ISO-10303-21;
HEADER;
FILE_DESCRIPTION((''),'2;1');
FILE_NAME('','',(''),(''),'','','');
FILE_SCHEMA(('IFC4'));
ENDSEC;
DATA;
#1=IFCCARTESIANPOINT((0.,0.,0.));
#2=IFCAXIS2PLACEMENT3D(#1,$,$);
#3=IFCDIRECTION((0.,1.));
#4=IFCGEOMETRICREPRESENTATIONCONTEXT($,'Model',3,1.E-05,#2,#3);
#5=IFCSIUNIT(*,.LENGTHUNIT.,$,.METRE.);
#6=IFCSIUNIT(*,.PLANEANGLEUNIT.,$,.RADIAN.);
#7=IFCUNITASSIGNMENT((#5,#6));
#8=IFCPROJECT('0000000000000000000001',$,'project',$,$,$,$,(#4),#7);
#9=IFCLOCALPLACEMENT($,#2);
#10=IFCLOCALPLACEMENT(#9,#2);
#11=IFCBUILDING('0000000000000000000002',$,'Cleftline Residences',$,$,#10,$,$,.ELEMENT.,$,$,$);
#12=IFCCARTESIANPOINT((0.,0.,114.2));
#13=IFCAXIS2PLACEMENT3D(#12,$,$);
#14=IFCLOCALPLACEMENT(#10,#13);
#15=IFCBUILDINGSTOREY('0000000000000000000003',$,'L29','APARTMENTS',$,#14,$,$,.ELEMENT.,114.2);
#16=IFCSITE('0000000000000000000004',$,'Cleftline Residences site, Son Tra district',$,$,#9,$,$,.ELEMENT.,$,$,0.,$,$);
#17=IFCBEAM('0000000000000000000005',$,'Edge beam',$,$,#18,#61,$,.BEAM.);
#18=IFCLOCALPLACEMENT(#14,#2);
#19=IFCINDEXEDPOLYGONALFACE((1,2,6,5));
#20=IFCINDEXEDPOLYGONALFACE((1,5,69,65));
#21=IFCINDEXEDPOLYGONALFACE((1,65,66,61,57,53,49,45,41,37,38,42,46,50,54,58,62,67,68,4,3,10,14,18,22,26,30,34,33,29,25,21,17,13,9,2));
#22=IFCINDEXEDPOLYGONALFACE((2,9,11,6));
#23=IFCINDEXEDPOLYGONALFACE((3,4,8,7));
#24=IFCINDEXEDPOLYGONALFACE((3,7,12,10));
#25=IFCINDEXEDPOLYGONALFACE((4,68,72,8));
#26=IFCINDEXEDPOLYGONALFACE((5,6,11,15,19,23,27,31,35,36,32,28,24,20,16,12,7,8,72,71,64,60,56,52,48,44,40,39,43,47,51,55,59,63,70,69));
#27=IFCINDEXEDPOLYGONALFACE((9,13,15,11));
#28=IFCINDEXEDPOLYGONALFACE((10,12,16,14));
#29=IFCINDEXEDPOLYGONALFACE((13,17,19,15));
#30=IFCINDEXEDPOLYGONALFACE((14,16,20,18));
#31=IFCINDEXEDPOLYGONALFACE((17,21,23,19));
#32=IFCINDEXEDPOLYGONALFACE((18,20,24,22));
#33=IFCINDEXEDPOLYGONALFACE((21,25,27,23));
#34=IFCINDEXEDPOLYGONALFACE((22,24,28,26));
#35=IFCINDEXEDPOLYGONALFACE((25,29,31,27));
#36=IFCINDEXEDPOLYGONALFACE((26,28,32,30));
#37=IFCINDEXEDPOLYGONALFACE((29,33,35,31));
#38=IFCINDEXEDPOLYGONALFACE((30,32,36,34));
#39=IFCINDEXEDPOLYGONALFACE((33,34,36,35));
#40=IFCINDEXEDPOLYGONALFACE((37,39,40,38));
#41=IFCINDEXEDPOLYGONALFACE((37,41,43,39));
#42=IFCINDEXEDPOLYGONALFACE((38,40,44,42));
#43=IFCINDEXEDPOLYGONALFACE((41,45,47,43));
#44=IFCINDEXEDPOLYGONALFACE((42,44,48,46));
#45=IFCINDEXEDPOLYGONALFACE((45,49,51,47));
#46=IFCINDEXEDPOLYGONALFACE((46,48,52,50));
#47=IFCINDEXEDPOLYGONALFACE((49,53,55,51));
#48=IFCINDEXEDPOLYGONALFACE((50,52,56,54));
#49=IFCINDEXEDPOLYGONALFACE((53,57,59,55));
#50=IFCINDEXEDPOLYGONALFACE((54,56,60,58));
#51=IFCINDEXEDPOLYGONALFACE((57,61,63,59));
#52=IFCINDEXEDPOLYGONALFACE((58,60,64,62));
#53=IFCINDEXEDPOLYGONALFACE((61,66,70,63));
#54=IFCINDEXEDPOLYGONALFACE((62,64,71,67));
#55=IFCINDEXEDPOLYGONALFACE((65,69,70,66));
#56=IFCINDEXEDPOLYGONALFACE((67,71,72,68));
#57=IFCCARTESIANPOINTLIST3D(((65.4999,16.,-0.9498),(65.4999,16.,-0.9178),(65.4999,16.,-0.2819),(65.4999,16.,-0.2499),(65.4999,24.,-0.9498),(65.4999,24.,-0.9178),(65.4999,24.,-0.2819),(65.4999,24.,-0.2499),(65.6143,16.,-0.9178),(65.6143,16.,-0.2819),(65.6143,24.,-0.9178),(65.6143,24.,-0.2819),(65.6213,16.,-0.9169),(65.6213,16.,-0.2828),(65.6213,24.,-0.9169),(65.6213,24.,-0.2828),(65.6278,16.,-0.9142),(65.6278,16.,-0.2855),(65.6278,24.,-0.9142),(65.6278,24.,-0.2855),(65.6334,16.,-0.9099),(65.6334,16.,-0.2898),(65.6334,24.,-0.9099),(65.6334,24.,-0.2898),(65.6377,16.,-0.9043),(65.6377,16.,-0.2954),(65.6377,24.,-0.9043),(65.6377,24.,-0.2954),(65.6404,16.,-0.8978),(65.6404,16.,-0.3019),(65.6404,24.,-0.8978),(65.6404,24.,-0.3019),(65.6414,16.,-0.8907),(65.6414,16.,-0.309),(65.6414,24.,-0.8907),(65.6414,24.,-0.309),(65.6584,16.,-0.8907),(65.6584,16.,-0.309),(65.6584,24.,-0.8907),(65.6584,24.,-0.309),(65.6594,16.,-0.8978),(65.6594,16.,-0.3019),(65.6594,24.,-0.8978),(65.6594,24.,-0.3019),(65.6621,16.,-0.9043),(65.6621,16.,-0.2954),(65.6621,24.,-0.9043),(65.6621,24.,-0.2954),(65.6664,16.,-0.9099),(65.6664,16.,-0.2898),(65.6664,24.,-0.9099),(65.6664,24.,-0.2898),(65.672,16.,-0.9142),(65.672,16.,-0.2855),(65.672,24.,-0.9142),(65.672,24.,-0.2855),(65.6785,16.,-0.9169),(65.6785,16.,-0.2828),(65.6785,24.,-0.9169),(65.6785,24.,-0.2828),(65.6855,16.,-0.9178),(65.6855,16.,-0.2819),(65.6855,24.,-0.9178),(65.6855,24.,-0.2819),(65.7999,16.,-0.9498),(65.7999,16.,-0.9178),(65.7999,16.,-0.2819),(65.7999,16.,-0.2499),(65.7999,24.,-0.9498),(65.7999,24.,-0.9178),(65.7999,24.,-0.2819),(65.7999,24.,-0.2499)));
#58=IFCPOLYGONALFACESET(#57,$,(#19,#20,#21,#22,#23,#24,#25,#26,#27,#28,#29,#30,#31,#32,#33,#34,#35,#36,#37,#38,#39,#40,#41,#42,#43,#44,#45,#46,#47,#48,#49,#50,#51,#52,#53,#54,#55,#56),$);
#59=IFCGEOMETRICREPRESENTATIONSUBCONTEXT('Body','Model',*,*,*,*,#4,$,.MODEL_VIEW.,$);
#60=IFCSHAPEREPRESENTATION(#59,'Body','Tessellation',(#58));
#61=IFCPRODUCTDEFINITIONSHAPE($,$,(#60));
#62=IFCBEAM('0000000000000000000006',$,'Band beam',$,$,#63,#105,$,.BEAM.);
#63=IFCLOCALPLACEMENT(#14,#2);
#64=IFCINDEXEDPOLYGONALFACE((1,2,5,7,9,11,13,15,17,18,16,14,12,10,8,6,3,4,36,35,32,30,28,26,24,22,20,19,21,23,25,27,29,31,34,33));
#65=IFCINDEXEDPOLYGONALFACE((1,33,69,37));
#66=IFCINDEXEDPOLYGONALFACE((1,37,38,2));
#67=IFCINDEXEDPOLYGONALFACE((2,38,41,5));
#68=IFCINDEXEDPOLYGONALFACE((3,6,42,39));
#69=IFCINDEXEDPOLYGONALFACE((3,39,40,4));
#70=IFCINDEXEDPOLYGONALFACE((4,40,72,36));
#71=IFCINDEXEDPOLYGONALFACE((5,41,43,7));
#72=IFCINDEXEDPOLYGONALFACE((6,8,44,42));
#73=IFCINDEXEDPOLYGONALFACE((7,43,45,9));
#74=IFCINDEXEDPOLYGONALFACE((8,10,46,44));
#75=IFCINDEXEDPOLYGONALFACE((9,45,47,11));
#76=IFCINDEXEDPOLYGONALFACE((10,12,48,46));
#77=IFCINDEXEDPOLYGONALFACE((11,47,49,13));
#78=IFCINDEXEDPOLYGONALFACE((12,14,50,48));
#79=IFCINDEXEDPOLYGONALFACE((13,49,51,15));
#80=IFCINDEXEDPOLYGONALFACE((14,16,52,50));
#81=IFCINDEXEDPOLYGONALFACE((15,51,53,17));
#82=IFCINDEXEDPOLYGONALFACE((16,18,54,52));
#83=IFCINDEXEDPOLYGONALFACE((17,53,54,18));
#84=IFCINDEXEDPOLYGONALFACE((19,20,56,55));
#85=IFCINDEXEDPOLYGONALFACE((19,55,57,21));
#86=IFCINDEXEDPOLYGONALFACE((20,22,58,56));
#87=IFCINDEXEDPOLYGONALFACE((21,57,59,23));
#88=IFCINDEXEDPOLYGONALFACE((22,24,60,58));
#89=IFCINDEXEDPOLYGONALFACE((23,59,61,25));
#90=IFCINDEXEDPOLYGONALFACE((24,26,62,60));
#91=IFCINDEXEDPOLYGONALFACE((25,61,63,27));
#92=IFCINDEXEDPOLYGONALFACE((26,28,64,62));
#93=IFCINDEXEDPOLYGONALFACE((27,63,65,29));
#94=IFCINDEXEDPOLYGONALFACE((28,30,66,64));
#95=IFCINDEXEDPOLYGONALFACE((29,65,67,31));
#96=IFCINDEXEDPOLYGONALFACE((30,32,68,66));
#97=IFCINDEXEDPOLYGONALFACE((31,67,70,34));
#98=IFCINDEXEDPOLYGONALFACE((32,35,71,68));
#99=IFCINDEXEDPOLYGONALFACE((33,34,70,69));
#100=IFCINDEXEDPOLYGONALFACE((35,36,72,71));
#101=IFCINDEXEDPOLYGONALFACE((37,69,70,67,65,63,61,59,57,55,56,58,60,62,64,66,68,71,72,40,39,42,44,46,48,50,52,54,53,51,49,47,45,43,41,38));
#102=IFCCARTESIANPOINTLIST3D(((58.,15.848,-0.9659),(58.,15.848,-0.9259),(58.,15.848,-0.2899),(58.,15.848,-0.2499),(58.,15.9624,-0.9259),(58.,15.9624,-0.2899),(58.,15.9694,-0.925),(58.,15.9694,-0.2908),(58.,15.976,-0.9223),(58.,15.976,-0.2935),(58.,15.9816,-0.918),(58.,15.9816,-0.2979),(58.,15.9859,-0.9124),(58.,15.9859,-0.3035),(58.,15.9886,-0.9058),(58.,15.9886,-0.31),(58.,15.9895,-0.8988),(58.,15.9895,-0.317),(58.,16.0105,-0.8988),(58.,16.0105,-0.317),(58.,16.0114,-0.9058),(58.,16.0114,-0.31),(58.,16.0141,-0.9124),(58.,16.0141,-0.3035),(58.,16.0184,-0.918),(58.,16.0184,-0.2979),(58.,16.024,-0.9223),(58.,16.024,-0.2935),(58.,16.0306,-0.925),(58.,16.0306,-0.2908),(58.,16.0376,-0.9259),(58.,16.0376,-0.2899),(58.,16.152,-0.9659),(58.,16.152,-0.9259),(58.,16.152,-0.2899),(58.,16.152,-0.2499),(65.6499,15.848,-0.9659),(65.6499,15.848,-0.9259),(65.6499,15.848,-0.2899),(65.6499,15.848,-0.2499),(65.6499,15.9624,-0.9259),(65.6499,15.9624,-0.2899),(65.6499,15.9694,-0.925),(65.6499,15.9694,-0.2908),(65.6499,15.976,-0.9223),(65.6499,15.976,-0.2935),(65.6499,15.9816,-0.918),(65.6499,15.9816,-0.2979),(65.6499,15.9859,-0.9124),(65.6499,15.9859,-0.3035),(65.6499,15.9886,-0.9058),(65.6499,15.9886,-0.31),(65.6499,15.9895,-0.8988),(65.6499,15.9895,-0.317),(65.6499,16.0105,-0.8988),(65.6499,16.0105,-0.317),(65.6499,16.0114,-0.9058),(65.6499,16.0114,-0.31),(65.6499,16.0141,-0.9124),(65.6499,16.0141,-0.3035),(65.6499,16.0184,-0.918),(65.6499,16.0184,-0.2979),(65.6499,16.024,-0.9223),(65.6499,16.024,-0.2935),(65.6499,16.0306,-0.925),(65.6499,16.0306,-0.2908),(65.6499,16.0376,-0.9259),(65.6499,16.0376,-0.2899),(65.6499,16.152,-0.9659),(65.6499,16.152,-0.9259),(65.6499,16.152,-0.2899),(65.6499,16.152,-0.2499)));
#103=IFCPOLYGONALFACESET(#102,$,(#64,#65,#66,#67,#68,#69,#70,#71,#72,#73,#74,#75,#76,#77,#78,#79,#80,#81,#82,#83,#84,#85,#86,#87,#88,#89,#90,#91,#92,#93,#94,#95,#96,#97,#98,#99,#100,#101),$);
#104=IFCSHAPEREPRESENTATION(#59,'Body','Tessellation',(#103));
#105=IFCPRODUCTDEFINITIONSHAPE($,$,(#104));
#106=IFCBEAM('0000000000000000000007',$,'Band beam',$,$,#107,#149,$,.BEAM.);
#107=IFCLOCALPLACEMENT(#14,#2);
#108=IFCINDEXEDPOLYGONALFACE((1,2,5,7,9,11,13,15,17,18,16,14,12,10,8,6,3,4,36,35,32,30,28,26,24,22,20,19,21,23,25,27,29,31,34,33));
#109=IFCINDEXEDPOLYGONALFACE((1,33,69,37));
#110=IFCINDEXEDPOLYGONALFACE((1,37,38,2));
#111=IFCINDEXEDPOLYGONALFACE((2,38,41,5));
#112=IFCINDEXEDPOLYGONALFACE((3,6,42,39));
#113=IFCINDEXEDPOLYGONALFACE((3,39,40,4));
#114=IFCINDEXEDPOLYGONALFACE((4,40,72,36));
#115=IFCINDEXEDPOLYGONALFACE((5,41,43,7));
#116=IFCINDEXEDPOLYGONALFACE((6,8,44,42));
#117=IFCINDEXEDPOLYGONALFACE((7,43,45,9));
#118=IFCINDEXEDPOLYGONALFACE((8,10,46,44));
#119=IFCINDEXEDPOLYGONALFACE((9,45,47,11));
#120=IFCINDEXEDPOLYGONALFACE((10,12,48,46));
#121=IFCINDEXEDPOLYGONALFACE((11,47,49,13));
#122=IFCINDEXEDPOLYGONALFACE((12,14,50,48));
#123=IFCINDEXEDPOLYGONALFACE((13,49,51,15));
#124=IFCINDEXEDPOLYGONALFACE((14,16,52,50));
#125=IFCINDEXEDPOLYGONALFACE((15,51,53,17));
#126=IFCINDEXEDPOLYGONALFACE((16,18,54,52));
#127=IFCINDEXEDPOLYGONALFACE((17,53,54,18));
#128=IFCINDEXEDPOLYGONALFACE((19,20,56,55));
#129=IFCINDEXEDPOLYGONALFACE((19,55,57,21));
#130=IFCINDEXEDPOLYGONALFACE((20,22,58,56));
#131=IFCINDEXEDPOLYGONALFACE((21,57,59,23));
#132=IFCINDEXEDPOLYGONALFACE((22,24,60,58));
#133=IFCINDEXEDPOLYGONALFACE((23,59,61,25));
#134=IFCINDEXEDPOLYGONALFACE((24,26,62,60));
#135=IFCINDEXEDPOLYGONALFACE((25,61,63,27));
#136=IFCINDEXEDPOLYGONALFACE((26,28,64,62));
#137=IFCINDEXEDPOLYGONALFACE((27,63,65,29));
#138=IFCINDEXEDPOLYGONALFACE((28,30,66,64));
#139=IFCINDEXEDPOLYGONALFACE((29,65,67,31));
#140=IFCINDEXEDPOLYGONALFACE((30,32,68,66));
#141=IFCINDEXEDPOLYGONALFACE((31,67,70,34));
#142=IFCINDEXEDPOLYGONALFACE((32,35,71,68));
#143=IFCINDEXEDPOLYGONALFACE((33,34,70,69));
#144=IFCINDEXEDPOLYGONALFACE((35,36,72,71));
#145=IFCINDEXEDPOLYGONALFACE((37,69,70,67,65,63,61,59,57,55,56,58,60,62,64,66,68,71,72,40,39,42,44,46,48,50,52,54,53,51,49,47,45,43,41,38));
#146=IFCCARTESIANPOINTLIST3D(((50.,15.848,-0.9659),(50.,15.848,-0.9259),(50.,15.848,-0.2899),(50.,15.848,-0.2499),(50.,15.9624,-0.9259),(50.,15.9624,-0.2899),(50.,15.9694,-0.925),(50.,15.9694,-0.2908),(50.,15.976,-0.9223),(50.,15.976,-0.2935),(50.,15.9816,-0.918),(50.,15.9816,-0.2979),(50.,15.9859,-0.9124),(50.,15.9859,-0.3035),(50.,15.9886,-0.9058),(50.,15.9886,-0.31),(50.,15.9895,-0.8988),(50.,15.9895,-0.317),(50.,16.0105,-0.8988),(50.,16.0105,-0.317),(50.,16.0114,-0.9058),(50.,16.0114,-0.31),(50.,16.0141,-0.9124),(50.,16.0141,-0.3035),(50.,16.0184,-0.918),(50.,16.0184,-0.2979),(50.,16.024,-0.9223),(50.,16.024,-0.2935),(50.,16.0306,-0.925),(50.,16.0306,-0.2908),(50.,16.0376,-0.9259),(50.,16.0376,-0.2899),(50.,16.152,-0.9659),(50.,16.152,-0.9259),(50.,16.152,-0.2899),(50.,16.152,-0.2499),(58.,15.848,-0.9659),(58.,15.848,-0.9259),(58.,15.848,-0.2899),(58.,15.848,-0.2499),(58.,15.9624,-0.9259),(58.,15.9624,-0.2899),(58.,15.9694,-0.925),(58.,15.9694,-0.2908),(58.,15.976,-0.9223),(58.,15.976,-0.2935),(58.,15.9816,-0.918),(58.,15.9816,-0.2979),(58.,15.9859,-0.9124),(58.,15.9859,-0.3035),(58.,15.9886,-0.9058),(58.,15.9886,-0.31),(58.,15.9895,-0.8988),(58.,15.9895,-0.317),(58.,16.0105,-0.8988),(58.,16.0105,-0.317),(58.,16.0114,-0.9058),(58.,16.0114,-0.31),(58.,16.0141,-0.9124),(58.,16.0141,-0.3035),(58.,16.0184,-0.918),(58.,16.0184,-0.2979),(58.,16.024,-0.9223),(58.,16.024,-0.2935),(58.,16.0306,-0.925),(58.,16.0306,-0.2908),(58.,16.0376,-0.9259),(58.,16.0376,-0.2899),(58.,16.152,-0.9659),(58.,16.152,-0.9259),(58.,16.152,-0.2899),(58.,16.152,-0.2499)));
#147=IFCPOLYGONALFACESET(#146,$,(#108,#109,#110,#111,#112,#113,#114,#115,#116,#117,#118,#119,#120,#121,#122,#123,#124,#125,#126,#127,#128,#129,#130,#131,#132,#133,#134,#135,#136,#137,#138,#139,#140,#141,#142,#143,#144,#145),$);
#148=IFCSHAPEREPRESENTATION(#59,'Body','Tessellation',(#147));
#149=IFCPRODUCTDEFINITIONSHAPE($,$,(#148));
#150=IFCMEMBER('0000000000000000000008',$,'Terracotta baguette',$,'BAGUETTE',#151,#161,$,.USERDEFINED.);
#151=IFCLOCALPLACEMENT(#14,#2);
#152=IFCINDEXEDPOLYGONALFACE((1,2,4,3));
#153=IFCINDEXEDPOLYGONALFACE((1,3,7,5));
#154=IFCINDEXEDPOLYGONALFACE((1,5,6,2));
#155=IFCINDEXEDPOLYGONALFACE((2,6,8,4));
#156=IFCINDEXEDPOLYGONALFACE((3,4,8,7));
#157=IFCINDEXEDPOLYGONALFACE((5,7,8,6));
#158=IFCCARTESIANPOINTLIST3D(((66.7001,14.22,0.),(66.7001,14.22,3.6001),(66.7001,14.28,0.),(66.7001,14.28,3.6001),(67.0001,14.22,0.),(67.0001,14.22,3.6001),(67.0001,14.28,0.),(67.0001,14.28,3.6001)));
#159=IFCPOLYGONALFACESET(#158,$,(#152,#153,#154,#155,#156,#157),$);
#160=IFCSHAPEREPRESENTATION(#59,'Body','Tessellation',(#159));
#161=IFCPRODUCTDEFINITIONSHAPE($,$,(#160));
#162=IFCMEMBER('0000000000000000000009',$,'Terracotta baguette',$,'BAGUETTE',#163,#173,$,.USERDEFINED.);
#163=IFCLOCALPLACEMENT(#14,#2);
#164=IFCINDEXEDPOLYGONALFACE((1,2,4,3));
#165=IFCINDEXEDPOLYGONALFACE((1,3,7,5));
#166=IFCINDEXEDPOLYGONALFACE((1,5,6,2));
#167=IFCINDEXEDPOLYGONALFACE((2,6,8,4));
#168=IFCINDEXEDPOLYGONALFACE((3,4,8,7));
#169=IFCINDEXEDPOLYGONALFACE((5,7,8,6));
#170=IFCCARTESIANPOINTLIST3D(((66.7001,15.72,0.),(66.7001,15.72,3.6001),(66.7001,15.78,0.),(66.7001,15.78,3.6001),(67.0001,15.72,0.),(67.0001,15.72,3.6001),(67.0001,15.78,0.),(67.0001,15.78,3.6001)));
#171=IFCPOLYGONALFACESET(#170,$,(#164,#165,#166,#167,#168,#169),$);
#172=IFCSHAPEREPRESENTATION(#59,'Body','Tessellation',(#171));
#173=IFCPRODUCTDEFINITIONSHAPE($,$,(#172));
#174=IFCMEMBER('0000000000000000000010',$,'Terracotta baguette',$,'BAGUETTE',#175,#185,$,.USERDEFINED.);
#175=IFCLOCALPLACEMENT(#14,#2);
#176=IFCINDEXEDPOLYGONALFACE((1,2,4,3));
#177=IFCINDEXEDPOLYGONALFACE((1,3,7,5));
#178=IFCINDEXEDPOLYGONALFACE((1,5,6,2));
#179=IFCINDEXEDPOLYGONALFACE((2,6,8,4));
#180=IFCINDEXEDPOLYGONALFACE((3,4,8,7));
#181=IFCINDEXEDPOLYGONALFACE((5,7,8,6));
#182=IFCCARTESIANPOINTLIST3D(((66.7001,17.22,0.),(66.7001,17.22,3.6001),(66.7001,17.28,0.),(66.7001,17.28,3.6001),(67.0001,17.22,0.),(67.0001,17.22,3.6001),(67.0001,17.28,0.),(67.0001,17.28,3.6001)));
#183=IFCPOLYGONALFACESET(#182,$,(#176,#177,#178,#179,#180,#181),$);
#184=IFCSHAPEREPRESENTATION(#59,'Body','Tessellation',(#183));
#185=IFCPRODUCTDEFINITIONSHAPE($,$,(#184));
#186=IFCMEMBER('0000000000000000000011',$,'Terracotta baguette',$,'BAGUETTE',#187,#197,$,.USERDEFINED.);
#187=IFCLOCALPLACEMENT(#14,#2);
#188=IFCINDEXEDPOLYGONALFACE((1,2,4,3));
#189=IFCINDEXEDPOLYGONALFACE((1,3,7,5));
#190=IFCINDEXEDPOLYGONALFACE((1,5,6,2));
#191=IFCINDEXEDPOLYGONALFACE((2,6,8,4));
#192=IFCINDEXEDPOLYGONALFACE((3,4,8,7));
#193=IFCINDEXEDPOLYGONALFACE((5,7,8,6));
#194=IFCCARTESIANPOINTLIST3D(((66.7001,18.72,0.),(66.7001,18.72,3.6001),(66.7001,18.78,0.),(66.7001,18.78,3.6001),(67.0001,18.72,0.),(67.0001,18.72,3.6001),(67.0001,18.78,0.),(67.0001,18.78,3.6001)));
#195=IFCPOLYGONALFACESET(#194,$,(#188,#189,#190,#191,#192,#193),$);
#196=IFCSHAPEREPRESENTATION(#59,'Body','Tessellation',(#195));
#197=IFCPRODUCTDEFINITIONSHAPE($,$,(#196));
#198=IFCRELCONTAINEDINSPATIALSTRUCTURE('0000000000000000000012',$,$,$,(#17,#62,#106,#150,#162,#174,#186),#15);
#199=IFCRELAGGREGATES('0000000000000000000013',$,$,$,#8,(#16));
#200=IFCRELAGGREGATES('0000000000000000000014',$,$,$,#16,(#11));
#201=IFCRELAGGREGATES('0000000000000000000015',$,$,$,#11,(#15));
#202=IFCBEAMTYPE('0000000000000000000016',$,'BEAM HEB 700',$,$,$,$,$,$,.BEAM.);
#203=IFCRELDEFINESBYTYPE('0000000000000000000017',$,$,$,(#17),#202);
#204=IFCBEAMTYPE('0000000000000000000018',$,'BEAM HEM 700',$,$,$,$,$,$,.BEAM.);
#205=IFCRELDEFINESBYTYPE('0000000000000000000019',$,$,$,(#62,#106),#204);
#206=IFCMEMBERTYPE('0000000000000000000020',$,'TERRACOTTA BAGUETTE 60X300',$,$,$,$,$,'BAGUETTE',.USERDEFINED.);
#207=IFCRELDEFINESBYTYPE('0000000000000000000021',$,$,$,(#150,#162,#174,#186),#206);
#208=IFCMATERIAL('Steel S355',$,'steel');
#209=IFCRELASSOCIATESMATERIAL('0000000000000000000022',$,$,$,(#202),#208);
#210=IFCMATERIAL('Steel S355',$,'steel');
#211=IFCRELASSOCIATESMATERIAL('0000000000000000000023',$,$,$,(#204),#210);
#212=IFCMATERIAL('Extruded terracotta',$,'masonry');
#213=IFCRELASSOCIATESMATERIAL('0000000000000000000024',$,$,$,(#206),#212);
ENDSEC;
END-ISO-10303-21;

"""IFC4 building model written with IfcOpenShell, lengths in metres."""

from ifc_helpers import new_model, si_unit, direction, frame, origin, origin_2d, place, context, subcontext, project, spatial, rectangle, i_section, extrude, material, material_profile, profile_set, type_object, element, save


model = new_model("IFC4")

# Units and contexts
model_context = context("Model", 3, precision=1e-05, world=origin(), true_north=direction((0.0, 1.0)))
body_context = subcontext(model_context, "Body", "Model", "MODEL_VIEW")
ifc_project = project(units=[si_unit("LENGTHUNIT", "METRE"), si_unit("PLANEANGLEUNIT", "RADIAN")], contexts=[model_context])

# Site, building, storey
site_placement = place(None, origin())
site = spatial("IfcSite", under=ifc_project, at=site_placement, Name="Cleftline Residences site, Son Tra district", CompositionType="ELEMENT", RefElevation=0.0)
building_placement = place(site_placement, origin())
building = spatial("IfcBuilding", under=site, at=building_placement, Name="Cleftline Residences", CompositionType="ELEMENT")
storey_placement = place(building_placement, frame((0.0, 0.0, 114.2)))
storey = spatial("IfcBuildingStorey", under=building, at=storey_placement, Name="L29", Description="APARTMENTS", CompositionType="ELEMENT", Elevation=114.2)

# Beams
ifc_material_1 = material(Name="Steel S355", Category="steel")
ifc_material_profile_1 = material_profile(ifc_material_1, i_section(OverallWidth=0.3, OverallDepth=0.7, WebThickness=0.0171, FlangeThickness=0.032, FilletRadius=0.0271, at=origin_2d()))
ifc_profile_set_1 = profile_set([ifc_material_profile_1], Name="Steel S355")
beam_type_1 = type_object("IfcBeamType", Name="BEAM HEB 700", PredefinedType="BEAM", material=ifc_profile_set_1)
beam_1_placement = place(storey_placement, frame((65.6499, 16.0, -0.5999), z_axis=(0.0, 1.0, 0.0), x_axis=(-1.0, 0.0, 0.0)))
element("IfcBeam", 1, at=beam_1_placement, inside=storey, type_object=beam_type_1, Name="Edge beam", PredefinedType="BEAM", context=body_context, shape_type="SweptSolid", body=[
    extrude(i_section(OverallWidth=0.3, OverallDepth=0.7, WebThickness=0.0171, FlangeThickness=0.032, FilletRadius=0.0271, at=origin_2d()), origin(), (0.0, 0.0, 1.0), 8.0),
])
ifc_material_2 = material(Name="Steel S355", Category="steel")
ifc_material_profile_2 = material_profile(ifc_material_2, i_section(OverallWidth=0.304, OverallDepth=0.7161, WebThickness=0.021, FlangeThickness=0.04, FilletRadius=0.0271, at=origin_2d()))
ifc_profile_set_2 = profile_set([ifc_material_profile_2], Name="Steel S355")
beam_type_2 = type_object("IfcBeamType", Name="BEAM HEM 700", PredefinedType="BEAM", material=ifc_profile_set_2)
beam_2_placement = place(storey_placement, frame((65.6499, 16.0, -0.6079), z_axis=(-1.0, 0.0, 0.0), x_axis=(0.0, -1.0, 0.0)))
element("IfcBeam", 2, at=beam_2_placement, inside=storey, type_object=beam_type_2, Name="Band beam", PredefinedType="BEAM", context=body_context, shape_type="SweptSolid", body=[
    extrude(i_section(OverallWidth=0.304, OverallDepth=0.7161, WebThickness=0.021, FlangeThickness=0.04, FilletRadius=0.0271, at=origin_2d()), origin(), (0.0, 0.0, 1.0), 7.6499),
])
beam_3_placement = place(storey_placement, frame((58.0, 16.0, -0.6079), z_axis=(-1.0, 0.0, 0.0), x_axis=(0.0, -1.0, 0.0)))
element("IfcBeam", 3, at=beam_3_placement, inside=storey, type_object=beam_type_2, Name="Band beam", PredefinedType="BEAM", context=body_context, shape_type="SweptSolid", body=[
    extrude(i_section(OverallWidth=0.304, OverallDepth=0.7161, WebThickness=0.021, FlangeThickness=0.04, FilletRadius=0.0271, at=origin_2d()), origin(), (0.0, 0.0, 1.0), 8.0),
])

# Members
ifc_material_3 = material(Name="Extruded terracotta", Category="masonry")
ifc_material_profile_3 = material_profile(ifc_material_3, rectangle(XDim=0.0601, YDim=0.3, at=origin_2d()))
ifc_profile_set_3 = profile_set([ifc_material_profile_3], Name="Extruded terracotta")
member_type_1 = type_object("IfcMemberType", Name="TERRACOTTA BAGUETTE 60X300", ElementType="BAGUETTE", PredefinedType="USERDEFINED", material=ifc_profile_set_3)
for number, where, z_axis, x_axis, name in (
    (4, (66.8501, 14.25, 0.0), (0.0, 0.0, 1.0), (0.0, 1.0, 0.0), "Terracotta baguette"),
    (5, (66.8501, 15.75, 0.0), (0.0, 0.0, 1.0), (0.0, 1.0, 0.0), "Terracotta baguette"),
    (6, (66.8501, 17.25, 0.0), (0.0, 0.0, 1.0), (0.0, 1.0, 0.0), "Terracotta baguette"),
    (7, (66.8501, 18.75, 0.0), (0.0, 0.0, 1.0), (0.0, 1.0, 0.0), "Terracotta baguette"),
):
    element("IfcMember", number, at=place(storey_placement, frame(where, z_axis=z_axis, x_axis=x_axis)), inside=storey, type_object=member_type_1, Name=name, ObjectType="BAGUETTE", PredefinedType="USERDEFINED", context=body_context, shape_type="SweptSolid", body=[
        extrude(rectangle(XDim=0.0601, YDim=0.3, at=origin_2d()), origin(), (0.0, 0.0, 1.0), 3.6001),
    ])

save(model, "model.ifc")
